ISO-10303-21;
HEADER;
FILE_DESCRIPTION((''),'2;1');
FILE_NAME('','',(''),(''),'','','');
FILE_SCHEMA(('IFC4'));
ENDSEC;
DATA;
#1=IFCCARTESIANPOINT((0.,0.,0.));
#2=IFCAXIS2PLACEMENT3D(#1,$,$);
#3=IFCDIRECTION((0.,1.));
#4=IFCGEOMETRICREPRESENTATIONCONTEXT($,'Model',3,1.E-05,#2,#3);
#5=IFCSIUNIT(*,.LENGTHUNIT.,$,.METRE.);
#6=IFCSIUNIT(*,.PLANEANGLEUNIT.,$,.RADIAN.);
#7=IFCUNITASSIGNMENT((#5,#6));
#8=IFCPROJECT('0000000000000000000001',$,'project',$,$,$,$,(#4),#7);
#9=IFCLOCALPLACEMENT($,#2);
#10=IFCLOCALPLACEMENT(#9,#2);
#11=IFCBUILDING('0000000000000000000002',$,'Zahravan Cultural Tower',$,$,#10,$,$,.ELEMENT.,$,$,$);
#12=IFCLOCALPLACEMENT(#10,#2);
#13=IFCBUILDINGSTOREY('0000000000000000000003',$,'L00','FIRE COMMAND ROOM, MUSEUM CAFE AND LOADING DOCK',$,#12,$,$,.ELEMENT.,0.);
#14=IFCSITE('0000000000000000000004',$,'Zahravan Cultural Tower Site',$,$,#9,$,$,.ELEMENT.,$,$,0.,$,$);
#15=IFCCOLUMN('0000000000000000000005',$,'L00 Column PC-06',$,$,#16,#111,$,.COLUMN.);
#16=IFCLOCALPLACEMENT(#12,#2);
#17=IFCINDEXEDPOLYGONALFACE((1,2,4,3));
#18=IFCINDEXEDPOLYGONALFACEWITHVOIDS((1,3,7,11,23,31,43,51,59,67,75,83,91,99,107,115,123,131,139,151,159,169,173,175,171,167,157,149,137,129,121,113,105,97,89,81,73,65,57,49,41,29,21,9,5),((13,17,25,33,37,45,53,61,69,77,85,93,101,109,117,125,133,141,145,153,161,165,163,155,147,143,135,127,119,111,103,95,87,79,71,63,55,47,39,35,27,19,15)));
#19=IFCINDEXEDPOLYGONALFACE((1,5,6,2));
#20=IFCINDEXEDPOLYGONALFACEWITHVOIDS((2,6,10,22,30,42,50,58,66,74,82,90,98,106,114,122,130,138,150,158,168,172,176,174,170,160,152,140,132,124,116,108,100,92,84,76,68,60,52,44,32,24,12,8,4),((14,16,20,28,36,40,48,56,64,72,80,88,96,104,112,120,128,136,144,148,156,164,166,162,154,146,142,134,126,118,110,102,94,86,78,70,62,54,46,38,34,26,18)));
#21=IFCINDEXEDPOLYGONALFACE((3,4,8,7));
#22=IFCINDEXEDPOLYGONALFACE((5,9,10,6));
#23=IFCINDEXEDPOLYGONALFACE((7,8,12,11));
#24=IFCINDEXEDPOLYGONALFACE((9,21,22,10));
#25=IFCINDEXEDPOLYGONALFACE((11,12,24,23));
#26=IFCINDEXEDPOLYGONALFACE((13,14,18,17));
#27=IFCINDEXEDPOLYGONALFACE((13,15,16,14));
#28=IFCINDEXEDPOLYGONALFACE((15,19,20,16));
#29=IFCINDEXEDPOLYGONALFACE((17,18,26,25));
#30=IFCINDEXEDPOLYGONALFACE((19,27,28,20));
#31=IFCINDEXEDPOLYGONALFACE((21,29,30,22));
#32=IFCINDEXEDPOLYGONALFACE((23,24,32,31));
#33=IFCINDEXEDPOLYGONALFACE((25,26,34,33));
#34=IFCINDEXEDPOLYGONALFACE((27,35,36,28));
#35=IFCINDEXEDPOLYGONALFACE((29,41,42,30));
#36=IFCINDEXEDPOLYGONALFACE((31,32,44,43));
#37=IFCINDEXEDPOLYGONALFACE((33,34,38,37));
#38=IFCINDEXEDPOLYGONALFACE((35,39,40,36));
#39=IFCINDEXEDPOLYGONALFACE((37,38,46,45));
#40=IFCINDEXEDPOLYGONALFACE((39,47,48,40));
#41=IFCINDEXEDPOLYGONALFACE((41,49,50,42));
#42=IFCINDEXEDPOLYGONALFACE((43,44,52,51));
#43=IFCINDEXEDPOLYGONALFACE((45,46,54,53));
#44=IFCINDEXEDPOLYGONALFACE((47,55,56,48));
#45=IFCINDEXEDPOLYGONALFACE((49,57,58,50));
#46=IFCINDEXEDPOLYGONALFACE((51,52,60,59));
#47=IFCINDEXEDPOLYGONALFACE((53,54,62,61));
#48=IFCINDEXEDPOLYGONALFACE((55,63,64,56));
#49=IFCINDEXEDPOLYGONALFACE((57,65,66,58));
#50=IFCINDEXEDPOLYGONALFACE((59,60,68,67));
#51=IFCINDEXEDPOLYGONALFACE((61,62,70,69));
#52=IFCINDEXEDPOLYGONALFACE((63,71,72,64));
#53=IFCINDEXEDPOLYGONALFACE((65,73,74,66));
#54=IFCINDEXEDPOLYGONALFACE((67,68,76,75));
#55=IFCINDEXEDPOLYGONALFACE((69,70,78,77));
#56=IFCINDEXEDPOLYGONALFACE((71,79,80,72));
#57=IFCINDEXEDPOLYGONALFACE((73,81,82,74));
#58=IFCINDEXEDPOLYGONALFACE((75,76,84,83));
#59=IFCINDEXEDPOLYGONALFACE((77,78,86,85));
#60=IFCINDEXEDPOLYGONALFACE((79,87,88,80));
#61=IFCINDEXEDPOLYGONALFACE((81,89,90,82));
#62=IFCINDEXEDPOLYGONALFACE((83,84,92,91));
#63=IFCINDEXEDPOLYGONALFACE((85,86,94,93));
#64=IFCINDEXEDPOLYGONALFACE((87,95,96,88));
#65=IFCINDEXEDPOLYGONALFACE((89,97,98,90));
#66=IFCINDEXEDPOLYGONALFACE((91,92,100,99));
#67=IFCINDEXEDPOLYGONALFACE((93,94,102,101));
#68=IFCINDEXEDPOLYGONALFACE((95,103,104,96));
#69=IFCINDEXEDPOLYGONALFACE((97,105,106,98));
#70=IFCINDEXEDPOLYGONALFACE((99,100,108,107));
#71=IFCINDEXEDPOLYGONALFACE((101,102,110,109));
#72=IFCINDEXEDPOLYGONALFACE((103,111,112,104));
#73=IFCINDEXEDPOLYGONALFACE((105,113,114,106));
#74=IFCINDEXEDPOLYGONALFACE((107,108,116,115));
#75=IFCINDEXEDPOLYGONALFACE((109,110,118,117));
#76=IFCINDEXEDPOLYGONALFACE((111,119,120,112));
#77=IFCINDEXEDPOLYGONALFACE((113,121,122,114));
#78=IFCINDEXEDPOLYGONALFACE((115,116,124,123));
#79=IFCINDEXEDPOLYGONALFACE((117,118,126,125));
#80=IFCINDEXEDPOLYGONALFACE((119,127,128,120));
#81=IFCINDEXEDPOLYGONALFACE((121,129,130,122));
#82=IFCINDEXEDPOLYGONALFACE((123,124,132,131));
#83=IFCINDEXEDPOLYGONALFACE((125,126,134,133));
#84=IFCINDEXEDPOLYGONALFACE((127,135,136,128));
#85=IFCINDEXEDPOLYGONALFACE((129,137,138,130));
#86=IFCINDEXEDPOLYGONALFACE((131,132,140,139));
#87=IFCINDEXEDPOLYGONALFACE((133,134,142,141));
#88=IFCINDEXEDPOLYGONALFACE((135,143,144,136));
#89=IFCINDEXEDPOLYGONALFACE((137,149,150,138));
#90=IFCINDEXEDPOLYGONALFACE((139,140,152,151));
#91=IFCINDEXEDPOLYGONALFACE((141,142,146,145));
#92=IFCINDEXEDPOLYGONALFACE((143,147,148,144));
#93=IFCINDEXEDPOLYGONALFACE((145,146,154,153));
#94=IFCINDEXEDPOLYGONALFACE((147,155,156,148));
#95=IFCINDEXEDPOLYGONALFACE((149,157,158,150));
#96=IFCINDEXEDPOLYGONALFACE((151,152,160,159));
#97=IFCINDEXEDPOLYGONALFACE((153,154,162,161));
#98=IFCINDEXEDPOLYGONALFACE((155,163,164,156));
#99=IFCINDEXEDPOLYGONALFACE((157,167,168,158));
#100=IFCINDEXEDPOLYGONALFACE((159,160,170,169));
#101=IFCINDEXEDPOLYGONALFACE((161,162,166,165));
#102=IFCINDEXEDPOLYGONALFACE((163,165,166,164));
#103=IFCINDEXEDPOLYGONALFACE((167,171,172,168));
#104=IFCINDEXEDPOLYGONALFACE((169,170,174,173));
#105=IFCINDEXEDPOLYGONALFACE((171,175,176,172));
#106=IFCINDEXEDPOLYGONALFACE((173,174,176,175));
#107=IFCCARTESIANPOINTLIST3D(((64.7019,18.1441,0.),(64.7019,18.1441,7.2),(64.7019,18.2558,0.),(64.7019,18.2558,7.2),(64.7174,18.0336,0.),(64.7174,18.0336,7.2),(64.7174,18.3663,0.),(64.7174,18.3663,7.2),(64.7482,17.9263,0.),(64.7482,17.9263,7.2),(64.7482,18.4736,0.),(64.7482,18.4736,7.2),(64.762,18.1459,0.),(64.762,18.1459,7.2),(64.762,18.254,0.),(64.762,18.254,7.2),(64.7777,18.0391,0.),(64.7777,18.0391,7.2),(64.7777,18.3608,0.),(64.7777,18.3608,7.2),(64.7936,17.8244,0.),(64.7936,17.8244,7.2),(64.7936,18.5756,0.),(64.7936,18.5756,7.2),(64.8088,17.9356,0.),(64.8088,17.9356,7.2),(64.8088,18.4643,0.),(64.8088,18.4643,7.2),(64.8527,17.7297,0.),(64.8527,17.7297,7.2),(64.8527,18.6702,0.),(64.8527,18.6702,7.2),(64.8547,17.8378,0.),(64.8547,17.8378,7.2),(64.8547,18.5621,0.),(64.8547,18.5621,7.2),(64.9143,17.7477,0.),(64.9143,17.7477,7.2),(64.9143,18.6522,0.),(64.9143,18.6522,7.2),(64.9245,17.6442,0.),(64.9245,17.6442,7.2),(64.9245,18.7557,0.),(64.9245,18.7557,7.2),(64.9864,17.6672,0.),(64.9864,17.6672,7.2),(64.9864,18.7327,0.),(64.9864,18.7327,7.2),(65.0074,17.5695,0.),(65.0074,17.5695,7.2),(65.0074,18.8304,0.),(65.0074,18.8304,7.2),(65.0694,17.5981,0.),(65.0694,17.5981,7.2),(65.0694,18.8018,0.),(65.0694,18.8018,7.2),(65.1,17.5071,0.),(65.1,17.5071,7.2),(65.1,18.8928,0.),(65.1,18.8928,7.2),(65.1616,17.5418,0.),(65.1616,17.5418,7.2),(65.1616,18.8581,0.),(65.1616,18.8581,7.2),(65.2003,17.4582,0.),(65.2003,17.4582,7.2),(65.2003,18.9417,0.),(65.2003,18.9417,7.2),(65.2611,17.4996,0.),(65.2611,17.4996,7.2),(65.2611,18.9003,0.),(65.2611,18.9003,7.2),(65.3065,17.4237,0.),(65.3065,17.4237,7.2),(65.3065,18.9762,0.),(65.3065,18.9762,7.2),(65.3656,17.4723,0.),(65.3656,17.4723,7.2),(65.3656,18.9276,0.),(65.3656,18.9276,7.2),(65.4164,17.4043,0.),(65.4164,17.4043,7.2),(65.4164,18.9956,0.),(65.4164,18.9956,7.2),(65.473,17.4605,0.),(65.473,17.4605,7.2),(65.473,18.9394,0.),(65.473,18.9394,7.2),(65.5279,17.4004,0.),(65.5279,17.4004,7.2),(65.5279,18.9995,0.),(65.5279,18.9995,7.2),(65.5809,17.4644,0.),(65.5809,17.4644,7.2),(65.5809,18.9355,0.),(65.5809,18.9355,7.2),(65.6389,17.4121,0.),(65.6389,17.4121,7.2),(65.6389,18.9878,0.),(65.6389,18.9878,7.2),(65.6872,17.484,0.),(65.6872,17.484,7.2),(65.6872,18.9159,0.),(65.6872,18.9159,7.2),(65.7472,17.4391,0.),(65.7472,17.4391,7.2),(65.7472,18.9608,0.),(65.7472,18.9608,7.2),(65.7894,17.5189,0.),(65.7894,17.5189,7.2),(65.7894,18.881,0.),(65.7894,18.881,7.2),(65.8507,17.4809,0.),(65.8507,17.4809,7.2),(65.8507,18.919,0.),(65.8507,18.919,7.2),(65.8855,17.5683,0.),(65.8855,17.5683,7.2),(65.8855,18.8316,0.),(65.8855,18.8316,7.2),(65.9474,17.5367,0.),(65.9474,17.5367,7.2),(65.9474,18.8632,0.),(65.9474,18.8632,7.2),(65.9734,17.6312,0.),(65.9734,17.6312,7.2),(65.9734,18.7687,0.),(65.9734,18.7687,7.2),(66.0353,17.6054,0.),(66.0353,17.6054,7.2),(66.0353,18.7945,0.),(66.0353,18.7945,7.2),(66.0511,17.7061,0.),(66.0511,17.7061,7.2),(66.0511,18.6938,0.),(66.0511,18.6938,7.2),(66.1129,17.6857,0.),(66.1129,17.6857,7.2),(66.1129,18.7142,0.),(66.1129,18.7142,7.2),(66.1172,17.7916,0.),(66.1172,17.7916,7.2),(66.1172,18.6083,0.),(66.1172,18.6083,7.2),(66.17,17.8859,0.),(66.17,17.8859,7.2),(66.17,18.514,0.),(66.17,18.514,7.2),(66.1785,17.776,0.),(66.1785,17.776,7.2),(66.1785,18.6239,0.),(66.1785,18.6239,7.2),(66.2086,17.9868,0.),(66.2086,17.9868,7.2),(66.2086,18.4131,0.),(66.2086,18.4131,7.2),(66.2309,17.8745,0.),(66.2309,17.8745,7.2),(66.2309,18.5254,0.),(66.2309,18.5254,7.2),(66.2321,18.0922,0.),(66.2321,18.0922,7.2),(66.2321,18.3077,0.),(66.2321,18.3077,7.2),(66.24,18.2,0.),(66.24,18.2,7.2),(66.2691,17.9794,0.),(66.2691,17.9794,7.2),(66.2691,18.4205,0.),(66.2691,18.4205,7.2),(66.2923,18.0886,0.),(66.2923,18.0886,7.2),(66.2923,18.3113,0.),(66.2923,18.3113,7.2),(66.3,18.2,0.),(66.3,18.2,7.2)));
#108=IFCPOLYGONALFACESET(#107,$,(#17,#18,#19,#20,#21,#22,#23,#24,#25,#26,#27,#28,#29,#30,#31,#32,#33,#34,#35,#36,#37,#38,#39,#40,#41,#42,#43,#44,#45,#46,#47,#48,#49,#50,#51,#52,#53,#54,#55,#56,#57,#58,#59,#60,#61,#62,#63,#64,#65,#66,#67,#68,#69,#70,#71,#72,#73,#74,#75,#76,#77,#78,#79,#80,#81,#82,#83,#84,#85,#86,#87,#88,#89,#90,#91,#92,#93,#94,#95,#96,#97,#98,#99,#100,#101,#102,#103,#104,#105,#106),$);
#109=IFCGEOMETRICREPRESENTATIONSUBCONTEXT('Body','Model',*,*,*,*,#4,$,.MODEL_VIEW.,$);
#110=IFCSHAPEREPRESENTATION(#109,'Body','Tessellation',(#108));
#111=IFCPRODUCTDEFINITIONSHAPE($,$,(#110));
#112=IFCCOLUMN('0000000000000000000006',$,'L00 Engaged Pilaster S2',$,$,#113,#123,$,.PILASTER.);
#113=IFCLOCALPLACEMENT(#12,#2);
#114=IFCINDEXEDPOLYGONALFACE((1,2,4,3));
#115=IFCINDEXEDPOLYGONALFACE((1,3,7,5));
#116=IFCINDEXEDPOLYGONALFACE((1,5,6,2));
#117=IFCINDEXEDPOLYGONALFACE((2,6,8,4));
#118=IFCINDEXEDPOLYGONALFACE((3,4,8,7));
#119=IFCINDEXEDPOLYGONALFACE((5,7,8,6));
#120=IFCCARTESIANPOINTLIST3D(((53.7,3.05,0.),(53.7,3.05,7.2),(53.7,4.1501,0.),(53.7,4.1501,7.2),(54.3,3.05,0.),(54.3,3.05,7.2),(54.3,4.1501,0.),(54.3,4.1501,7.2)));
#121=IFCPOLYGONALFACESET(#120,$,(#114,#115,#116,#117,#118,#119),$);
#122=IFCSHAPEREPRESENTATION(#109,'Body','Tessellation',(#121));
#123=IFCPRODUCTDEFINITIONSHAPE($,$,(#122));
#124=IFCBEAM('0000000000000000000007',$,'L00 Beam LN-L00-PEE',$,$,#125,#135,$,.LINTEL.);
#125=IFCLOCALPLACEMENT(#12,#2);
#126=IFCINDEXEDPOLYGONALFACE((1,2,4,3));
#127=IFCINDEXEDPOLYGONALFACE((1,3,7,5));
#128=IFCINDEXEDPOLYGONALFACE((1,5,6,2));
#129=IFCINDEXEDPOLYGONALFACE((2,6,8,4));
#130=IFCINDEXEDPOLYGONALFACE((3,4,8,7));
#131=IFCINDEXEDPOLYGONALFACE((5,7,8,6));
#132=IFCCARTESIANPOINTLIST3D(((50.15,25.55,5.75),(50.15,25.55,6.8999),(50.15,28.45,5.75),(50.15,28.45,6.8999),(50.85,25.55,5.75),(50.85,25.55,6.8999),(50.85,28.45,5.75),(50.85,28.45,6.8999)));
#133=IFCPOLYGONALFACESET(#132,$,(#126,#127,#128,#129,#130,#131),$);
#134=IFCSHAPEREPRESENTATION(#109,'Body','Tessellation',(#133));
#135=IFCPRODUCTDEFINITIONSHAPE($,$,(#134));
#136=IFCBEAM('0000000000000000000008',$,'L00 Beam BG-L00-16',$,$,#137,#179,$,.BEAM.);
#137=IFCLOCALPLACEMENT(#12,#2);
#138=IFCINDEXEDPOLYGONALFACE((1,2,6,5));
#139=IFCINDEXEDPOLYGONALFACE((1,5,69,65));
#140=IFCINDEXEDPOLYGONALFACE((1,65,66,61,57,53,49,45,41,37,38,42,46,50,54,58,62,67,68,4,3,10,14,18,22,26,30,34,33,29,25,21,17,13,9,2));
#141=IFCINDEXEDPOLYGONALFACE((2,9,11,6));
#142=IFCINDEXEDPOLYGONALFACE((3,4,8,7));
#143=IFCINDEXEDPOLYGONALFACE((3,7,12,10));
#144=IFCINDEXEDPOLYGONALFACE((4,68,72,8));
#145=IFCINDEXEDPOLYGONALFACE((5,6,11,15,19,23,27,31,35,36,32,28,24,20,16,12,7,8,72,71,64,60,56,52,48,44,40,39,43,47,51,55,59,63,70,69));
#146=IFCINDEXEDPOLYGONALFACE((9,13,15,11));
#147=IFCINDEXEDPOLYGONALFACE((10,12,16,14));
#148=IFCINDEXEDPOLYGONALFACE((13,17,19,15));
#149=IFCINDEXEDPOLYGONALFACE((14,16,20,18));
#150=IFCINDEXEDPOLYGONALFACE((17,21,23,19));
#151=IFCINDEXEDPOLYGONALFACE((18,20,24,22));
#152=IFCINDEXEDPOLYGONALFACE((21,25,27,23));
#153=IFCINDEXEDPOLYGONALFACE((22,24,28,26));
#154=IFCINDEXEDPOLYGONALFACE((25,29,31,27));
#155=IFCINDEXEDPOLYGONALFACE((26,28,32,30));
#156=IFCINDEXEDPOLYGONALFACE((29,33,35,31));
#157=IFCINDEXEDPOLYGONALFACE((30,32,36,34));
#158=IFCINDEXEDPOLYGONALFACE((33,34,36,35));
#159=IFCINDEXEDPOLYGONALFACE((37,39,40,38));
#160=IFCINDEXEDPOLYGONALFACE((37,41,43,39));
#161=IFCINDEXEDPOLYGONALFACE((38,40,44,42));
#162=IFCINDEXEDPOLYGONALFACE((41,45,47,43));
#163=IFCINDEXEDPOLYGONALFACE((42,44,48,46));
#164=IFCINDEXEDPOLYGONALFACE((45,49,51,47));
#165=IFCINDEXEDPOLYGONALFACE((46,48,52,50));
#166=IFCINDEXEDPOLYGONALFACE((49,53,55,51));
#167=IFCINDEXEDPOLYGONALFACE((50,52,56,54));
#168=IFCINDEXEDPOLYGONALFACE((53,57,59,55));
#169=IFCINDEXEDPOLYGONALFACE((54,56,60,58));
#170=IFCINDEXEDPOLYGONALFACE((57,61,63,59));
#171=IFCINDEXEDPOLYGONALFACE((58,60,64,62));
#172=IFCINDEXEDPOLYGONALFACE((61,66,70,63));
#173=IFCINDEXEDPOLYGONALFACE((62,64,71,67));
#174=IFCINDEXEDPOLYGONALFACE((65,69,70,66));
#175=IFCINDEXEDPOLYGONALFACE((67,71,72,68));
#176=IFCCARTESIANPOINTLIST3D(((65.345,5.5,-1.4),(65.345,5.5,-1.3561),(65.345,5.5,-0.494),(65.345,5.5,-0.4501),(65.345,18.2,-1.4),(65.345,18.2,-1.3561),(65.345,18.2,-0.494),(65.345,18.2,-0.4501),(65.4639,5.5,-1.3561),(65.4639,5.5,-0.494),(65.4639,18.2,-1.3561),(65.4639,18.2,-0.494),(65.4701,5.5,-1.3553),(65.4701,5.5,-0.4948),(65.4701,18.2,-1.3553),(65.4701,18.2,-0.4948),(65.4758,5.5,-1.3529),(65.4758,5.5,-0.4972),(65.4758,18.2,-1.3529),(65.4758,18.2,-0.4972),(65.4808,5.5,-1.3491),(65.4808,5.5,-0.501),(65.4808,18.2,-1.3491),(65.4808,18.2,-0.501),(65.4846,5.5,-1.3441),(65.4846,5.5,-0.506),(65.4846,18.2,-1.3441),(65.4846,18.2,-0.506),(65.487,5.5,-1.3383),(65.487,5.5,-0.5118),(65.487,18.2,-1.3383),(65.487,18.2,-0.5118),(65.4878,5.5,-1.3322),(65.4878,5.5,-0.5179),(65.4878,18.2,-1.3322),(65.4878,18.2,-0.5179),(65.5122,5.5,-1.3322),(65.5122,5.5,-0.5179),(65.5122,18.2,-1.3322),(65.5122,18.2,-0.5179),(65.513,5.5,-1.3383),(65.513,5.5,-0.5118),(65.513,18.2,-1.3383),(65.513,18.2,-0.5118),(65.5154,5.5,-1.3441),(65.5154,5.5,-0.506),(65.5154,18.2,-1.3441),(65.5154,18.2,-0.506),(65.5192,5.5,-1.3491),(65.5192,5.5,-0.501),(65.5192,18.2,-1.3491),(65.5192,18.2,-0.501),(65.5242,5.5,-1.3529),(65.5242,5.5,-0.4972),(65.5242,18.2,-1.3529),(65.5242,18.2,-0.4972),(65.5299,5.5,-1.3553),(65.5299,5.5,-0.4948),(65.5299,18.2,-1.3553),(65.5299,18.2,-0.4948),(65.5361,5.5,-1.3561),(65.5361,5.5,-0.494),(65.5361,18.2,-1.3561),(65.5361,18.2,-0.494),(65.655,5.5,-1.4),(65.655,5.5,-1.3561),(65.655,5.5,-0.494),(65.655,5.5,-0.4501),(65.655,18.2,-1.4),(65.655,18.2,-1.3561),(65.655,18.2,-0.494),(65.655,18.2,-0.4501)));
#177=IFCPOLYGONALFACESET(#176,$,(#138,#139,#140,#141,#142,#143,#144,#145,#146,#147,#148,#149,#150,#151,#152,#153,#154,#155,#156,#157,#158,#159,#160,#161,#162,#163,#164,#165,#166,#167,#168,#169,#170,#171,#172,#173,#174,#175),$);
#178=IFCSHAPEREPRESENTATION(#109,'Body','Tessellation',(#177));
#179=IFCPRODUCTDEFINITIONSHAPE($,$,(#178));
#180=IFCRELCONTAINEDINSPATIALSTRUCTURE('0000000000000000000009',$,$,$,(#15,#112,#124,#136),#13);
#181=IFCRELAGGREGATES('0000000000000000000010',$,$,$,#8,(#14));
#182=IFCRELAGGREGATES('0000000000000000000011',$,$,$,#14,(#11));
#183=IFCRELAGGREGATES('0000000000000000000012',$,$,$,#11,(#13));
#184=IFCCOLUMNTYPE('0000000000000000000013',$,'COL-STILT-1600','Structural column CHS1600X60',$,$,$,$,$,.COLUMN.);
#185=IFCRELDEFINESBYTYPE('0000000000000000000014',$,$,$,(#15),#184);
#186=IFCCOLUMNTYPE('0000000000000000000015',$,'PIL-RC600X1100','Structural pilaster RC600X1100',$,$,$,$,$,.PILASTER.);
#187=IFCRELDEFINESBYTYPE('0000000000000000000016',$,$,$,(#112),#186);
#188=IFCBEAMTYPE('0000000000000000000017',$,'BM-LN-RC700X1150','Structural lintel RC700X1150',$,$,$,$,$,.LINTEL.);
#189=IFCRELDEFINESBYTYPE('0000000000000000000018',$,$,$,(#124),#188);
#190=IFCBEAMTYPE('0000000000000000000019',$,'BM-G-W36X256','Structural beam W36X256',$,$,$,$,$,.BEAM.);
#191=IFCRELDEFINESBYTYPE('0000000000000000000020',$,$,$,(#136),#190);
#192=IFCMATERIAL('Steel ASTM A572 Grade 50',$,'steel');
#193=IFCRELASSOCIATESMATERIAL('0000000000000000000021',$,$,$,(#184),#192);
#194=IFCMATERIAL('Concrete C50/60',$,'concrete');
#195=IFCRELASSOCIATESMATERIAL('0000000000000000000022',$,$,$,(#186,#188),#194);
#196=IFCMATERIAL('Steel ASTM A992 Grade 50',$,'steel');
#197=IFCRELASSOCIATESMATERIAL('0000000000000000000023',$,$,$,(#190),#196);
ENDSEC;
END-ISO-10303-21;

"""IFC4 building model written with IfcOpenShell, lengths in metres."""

from ifc_helpers import new_model, si_unit, direction, frame, origin, origin_2d, place, context, subcontext, project, spatial, rectangle, hollow_circle, i_section, extrude, source, transform, mapped, material, material_profile, profile_set, type_object, element, save


model = new_model("IFC4")

# Units and contexts
model_context = context("Model", 3, precision=1e-05, world=origin(), true_north=direction((0.0, 1.0)))
body_context = subcontext(model_context, "Body", "Model", "MODEL_VIEW")
ifc_project = project(units=[si_unit("LENGTHUNIT", "METRE"), si_unit("PLANEANGLEUNIT", "RADIAN")], contexts=[model_context])

# Site, building, storey
site_placement = place(None, origin())
site = spatial("IfcSite", under=ifc_project, at=site_placement, Name="Zahravan Cultural Tower Site", CompositionType="ELEMENT", RefElevation=0.0)
building_placement = place(site_placement, origin())
building = spatial("IfcBuilding", under=site, at=building_placement, Name="Zahravan Cultural Tower", CompositionType="ELEMENT")
storey_placement = place(building_placement, origin())
storey = spatial("IfcBuildingStorey", under=building, at=storey_placement, Name="L00", Description="FIRE COMMAND ROOM, MUSEUM CAFE AND LOADING DOCK", CompositionType="ELEMENT", Elevation=0.0)

# Columns
ifc_material_1 = material(Name="Steel ASTM A572 Grade 50", Category="steel")
ifc_material_profile_1 = material_profile(ifc_material_1, hollow_circle(Radius=0.8, WallThickness=0.0601, at=origin_2d()), Name="CHS1600X60")
ifc_profile_set_1 = profile_set([ifc_material_profile_1], Name="Steel ASTM A572 Grade 50")
column_type_1 = type_object("IfcColumnType", Name="COL-STILT-1600", Description="Structural column CHS1600X60", PredefinedType="COLUMN", material=ifc_profile_set_1)
shared_shape_1 = source(origin(), body_context, "Body", "SweptSolid", [
    extrude(hollow_circle(Radius=0.8, WallThickness=0.0601, at=origin_2d()), origin(), (0.0, 0.0, 1.0), 7.2),
])
for number, where, z_axis, x_axis, name in (
    (1, (65.5, 18.2, 0.0), (0.0, 0.0, 1.0), (1.0, 0.0, 0.0), "L00 Column PC-06"),
):
    element("IfcColumn", number, at=place(storey_placement, frame(where, z_axis=z_axis, x_axis=x_axis)), inside=storey, type_object=column_type_1, Name=name, PredefinedType="COLUMN", context=body_context, shape_type="MappedRepresentation", body=[
        mapped(shared_shape_1, transform((0.0, 0.0, 0.0), x_axis=(1.0, 0.0, 0.0), y_axis=(0.0, 1.0, 0.0), z_axis=(0.0, 0.0, 1.0), scale=1.0)),
    ])
ifc_material_2 = material(Name="Concrete C50/60", Category="concrete")
ifc_material_profile_2 = material_profile(ifc_material_2, rectangle(XDim=0.6001, YDim=1.1001, at=origin_2d()), Name="RC600X1100")
ifc_profile_set_2 = profile_set([ifc_material_profile_2], Name="Concrete C50/60")
column_type_2 = type_object("IfcColumnType", Name="PIL-RC600X1100", Description="Structural pilaster RC600X1100", PredefinedType="PILASTER", material=ifc_profile_set_2)
shared_shape_2 = source(origin(), body_context, "Body", "SweptSolid", [
    extrude(rectangle(XDim=0.6001, YDim=1.1001, at=origin_2d()), origin(), (0.0, 0.0, 1.0), 7.2),
])
column_1_placement = place(storey_placement, frame((54.0, 3.6001, 0.0), z_axis=(0.0, 0.0, 1.0), x_axis=(1.0, 0.0, 0.0)))
element("IfcColumn", 2, at=column_1_placement, inside=storey, type_object=column_type_2, Name="L00 Engaged Pilaster S2", PredefinedType="PILASTER", context=body_context, shape_type="MappedRepresentation", body=[
    mapped(shared_shape_2, transform((0.0, 0.0, 0.0), x_axis=(1.0, 0.0, 0.0), y_axis=(0.0, 1.0, 0.0), z_axis=(0.0, 0.0, 1.0), scale=1.0)),
])

# Beams
ifc_material_profile_3 = material_profile(ifc_material_2, rectangle(XDim=0.7, YDim=1.1499, at=origin_2d()), Name="RC700X1150")
ifc_profile_set_3 = profile_set([ifc_material_profile_3], Name="Concrete C50/60")
beam_type_1 = type_object("IfcBeamType", Name="BM-LN-RC700X1150", Description="Structural lintel RC700X1150", PredefinedType="LINTEL", material=ifc_profile_set_3)
shared_shape_3 = source(origin(), body_context, "Body", "SweptSolid", [
    extrude(rectangle(XDim=0.7, YDim=1.1499, at=origin_2d()), origin(), (0.0, 0.0, 1.0), 2.8999),
])
beam_1_placement = place(storey_placement, frame((50.5, 25.55, 6.325), z_axis=(0.0, 1.0, 0.0), x_axis=(-1.0, 0.0, 0.0)))
element("IfcBeam", 3, at=beam_1_placement, inside=storey, type_object=beam_type_1, Name="L00 Beam LN-L00-PEE", PredefinedType="LINTEL", context=body_context, shape_type="MappedRepresentation", body=[
    mapped(shared_shape_3, transform((0.0, 0.0, 0.0), x_axis=(1.0, 0.0, 0.0), y_axis=(0.0, 1.0, 0.0), z_axis=(0.0, 0.0, 1.0), scale=1.0)),
])
ifc_material_3 = material(Name="Steel ASTM A992 Grade 50", Category="steel")
ifc_material_profile_4 = material_profile(ifc_material_3, i_section(OverallWidth=0.3101, OverallDepth=0.95, WebThickness=0.0244, FlangeThickness=0.0439, FilletRadius=0.0239, at=origin_2d()), Name="W36X256")
ifc_profile_set_4 = profile_set([ifc_material_profile_4], Name="Steel ASTM A992 Grade 50")
beam_type_2 = type_object("IfcBeamType", Name="BM-G-W36X256", Description="Structural beam W36X256", PredefinedType="BEAM", material=ifc_profile_set_4)
shared_shape_4 = source(origin(), body_context, "Body", "SweptSolid", [
    extrude(i_section(OverallWidth=0.3101, OverallDepth=0.95, WebThickness=0.0244, FlangeThickness=0.0439, FilletRadius=0.0239, at=origin_2d()), origin(), (0.0, 0.0, 1.0), 12.7),
])
beam_2_placement = place(storey_placement, frame((65.5, 5.5, -0.925), z_axis=(0.0, 1.0, 0.0), x_axis=(-1.0, 0.0, 0.0)))
element("IfcBeam", 4, at=beam_2_placement, inside=storey, type_object=beam_type_2, Name="L00 Beam BG-L00-16", PredefinedType="BEAM", context=body_context, shape_type="MappedRepresentation", body=[
    mapped(shared_shape_4, transform((0.0, 0.0, 0.0), x_axis=(1.0, 0.0, 0.0), y_axis=(0.0, 1.0, 0.0), z_axis=(0.0, 0.0, 1.0), scale=1.0)),
])

save(model, "model.ifc")
